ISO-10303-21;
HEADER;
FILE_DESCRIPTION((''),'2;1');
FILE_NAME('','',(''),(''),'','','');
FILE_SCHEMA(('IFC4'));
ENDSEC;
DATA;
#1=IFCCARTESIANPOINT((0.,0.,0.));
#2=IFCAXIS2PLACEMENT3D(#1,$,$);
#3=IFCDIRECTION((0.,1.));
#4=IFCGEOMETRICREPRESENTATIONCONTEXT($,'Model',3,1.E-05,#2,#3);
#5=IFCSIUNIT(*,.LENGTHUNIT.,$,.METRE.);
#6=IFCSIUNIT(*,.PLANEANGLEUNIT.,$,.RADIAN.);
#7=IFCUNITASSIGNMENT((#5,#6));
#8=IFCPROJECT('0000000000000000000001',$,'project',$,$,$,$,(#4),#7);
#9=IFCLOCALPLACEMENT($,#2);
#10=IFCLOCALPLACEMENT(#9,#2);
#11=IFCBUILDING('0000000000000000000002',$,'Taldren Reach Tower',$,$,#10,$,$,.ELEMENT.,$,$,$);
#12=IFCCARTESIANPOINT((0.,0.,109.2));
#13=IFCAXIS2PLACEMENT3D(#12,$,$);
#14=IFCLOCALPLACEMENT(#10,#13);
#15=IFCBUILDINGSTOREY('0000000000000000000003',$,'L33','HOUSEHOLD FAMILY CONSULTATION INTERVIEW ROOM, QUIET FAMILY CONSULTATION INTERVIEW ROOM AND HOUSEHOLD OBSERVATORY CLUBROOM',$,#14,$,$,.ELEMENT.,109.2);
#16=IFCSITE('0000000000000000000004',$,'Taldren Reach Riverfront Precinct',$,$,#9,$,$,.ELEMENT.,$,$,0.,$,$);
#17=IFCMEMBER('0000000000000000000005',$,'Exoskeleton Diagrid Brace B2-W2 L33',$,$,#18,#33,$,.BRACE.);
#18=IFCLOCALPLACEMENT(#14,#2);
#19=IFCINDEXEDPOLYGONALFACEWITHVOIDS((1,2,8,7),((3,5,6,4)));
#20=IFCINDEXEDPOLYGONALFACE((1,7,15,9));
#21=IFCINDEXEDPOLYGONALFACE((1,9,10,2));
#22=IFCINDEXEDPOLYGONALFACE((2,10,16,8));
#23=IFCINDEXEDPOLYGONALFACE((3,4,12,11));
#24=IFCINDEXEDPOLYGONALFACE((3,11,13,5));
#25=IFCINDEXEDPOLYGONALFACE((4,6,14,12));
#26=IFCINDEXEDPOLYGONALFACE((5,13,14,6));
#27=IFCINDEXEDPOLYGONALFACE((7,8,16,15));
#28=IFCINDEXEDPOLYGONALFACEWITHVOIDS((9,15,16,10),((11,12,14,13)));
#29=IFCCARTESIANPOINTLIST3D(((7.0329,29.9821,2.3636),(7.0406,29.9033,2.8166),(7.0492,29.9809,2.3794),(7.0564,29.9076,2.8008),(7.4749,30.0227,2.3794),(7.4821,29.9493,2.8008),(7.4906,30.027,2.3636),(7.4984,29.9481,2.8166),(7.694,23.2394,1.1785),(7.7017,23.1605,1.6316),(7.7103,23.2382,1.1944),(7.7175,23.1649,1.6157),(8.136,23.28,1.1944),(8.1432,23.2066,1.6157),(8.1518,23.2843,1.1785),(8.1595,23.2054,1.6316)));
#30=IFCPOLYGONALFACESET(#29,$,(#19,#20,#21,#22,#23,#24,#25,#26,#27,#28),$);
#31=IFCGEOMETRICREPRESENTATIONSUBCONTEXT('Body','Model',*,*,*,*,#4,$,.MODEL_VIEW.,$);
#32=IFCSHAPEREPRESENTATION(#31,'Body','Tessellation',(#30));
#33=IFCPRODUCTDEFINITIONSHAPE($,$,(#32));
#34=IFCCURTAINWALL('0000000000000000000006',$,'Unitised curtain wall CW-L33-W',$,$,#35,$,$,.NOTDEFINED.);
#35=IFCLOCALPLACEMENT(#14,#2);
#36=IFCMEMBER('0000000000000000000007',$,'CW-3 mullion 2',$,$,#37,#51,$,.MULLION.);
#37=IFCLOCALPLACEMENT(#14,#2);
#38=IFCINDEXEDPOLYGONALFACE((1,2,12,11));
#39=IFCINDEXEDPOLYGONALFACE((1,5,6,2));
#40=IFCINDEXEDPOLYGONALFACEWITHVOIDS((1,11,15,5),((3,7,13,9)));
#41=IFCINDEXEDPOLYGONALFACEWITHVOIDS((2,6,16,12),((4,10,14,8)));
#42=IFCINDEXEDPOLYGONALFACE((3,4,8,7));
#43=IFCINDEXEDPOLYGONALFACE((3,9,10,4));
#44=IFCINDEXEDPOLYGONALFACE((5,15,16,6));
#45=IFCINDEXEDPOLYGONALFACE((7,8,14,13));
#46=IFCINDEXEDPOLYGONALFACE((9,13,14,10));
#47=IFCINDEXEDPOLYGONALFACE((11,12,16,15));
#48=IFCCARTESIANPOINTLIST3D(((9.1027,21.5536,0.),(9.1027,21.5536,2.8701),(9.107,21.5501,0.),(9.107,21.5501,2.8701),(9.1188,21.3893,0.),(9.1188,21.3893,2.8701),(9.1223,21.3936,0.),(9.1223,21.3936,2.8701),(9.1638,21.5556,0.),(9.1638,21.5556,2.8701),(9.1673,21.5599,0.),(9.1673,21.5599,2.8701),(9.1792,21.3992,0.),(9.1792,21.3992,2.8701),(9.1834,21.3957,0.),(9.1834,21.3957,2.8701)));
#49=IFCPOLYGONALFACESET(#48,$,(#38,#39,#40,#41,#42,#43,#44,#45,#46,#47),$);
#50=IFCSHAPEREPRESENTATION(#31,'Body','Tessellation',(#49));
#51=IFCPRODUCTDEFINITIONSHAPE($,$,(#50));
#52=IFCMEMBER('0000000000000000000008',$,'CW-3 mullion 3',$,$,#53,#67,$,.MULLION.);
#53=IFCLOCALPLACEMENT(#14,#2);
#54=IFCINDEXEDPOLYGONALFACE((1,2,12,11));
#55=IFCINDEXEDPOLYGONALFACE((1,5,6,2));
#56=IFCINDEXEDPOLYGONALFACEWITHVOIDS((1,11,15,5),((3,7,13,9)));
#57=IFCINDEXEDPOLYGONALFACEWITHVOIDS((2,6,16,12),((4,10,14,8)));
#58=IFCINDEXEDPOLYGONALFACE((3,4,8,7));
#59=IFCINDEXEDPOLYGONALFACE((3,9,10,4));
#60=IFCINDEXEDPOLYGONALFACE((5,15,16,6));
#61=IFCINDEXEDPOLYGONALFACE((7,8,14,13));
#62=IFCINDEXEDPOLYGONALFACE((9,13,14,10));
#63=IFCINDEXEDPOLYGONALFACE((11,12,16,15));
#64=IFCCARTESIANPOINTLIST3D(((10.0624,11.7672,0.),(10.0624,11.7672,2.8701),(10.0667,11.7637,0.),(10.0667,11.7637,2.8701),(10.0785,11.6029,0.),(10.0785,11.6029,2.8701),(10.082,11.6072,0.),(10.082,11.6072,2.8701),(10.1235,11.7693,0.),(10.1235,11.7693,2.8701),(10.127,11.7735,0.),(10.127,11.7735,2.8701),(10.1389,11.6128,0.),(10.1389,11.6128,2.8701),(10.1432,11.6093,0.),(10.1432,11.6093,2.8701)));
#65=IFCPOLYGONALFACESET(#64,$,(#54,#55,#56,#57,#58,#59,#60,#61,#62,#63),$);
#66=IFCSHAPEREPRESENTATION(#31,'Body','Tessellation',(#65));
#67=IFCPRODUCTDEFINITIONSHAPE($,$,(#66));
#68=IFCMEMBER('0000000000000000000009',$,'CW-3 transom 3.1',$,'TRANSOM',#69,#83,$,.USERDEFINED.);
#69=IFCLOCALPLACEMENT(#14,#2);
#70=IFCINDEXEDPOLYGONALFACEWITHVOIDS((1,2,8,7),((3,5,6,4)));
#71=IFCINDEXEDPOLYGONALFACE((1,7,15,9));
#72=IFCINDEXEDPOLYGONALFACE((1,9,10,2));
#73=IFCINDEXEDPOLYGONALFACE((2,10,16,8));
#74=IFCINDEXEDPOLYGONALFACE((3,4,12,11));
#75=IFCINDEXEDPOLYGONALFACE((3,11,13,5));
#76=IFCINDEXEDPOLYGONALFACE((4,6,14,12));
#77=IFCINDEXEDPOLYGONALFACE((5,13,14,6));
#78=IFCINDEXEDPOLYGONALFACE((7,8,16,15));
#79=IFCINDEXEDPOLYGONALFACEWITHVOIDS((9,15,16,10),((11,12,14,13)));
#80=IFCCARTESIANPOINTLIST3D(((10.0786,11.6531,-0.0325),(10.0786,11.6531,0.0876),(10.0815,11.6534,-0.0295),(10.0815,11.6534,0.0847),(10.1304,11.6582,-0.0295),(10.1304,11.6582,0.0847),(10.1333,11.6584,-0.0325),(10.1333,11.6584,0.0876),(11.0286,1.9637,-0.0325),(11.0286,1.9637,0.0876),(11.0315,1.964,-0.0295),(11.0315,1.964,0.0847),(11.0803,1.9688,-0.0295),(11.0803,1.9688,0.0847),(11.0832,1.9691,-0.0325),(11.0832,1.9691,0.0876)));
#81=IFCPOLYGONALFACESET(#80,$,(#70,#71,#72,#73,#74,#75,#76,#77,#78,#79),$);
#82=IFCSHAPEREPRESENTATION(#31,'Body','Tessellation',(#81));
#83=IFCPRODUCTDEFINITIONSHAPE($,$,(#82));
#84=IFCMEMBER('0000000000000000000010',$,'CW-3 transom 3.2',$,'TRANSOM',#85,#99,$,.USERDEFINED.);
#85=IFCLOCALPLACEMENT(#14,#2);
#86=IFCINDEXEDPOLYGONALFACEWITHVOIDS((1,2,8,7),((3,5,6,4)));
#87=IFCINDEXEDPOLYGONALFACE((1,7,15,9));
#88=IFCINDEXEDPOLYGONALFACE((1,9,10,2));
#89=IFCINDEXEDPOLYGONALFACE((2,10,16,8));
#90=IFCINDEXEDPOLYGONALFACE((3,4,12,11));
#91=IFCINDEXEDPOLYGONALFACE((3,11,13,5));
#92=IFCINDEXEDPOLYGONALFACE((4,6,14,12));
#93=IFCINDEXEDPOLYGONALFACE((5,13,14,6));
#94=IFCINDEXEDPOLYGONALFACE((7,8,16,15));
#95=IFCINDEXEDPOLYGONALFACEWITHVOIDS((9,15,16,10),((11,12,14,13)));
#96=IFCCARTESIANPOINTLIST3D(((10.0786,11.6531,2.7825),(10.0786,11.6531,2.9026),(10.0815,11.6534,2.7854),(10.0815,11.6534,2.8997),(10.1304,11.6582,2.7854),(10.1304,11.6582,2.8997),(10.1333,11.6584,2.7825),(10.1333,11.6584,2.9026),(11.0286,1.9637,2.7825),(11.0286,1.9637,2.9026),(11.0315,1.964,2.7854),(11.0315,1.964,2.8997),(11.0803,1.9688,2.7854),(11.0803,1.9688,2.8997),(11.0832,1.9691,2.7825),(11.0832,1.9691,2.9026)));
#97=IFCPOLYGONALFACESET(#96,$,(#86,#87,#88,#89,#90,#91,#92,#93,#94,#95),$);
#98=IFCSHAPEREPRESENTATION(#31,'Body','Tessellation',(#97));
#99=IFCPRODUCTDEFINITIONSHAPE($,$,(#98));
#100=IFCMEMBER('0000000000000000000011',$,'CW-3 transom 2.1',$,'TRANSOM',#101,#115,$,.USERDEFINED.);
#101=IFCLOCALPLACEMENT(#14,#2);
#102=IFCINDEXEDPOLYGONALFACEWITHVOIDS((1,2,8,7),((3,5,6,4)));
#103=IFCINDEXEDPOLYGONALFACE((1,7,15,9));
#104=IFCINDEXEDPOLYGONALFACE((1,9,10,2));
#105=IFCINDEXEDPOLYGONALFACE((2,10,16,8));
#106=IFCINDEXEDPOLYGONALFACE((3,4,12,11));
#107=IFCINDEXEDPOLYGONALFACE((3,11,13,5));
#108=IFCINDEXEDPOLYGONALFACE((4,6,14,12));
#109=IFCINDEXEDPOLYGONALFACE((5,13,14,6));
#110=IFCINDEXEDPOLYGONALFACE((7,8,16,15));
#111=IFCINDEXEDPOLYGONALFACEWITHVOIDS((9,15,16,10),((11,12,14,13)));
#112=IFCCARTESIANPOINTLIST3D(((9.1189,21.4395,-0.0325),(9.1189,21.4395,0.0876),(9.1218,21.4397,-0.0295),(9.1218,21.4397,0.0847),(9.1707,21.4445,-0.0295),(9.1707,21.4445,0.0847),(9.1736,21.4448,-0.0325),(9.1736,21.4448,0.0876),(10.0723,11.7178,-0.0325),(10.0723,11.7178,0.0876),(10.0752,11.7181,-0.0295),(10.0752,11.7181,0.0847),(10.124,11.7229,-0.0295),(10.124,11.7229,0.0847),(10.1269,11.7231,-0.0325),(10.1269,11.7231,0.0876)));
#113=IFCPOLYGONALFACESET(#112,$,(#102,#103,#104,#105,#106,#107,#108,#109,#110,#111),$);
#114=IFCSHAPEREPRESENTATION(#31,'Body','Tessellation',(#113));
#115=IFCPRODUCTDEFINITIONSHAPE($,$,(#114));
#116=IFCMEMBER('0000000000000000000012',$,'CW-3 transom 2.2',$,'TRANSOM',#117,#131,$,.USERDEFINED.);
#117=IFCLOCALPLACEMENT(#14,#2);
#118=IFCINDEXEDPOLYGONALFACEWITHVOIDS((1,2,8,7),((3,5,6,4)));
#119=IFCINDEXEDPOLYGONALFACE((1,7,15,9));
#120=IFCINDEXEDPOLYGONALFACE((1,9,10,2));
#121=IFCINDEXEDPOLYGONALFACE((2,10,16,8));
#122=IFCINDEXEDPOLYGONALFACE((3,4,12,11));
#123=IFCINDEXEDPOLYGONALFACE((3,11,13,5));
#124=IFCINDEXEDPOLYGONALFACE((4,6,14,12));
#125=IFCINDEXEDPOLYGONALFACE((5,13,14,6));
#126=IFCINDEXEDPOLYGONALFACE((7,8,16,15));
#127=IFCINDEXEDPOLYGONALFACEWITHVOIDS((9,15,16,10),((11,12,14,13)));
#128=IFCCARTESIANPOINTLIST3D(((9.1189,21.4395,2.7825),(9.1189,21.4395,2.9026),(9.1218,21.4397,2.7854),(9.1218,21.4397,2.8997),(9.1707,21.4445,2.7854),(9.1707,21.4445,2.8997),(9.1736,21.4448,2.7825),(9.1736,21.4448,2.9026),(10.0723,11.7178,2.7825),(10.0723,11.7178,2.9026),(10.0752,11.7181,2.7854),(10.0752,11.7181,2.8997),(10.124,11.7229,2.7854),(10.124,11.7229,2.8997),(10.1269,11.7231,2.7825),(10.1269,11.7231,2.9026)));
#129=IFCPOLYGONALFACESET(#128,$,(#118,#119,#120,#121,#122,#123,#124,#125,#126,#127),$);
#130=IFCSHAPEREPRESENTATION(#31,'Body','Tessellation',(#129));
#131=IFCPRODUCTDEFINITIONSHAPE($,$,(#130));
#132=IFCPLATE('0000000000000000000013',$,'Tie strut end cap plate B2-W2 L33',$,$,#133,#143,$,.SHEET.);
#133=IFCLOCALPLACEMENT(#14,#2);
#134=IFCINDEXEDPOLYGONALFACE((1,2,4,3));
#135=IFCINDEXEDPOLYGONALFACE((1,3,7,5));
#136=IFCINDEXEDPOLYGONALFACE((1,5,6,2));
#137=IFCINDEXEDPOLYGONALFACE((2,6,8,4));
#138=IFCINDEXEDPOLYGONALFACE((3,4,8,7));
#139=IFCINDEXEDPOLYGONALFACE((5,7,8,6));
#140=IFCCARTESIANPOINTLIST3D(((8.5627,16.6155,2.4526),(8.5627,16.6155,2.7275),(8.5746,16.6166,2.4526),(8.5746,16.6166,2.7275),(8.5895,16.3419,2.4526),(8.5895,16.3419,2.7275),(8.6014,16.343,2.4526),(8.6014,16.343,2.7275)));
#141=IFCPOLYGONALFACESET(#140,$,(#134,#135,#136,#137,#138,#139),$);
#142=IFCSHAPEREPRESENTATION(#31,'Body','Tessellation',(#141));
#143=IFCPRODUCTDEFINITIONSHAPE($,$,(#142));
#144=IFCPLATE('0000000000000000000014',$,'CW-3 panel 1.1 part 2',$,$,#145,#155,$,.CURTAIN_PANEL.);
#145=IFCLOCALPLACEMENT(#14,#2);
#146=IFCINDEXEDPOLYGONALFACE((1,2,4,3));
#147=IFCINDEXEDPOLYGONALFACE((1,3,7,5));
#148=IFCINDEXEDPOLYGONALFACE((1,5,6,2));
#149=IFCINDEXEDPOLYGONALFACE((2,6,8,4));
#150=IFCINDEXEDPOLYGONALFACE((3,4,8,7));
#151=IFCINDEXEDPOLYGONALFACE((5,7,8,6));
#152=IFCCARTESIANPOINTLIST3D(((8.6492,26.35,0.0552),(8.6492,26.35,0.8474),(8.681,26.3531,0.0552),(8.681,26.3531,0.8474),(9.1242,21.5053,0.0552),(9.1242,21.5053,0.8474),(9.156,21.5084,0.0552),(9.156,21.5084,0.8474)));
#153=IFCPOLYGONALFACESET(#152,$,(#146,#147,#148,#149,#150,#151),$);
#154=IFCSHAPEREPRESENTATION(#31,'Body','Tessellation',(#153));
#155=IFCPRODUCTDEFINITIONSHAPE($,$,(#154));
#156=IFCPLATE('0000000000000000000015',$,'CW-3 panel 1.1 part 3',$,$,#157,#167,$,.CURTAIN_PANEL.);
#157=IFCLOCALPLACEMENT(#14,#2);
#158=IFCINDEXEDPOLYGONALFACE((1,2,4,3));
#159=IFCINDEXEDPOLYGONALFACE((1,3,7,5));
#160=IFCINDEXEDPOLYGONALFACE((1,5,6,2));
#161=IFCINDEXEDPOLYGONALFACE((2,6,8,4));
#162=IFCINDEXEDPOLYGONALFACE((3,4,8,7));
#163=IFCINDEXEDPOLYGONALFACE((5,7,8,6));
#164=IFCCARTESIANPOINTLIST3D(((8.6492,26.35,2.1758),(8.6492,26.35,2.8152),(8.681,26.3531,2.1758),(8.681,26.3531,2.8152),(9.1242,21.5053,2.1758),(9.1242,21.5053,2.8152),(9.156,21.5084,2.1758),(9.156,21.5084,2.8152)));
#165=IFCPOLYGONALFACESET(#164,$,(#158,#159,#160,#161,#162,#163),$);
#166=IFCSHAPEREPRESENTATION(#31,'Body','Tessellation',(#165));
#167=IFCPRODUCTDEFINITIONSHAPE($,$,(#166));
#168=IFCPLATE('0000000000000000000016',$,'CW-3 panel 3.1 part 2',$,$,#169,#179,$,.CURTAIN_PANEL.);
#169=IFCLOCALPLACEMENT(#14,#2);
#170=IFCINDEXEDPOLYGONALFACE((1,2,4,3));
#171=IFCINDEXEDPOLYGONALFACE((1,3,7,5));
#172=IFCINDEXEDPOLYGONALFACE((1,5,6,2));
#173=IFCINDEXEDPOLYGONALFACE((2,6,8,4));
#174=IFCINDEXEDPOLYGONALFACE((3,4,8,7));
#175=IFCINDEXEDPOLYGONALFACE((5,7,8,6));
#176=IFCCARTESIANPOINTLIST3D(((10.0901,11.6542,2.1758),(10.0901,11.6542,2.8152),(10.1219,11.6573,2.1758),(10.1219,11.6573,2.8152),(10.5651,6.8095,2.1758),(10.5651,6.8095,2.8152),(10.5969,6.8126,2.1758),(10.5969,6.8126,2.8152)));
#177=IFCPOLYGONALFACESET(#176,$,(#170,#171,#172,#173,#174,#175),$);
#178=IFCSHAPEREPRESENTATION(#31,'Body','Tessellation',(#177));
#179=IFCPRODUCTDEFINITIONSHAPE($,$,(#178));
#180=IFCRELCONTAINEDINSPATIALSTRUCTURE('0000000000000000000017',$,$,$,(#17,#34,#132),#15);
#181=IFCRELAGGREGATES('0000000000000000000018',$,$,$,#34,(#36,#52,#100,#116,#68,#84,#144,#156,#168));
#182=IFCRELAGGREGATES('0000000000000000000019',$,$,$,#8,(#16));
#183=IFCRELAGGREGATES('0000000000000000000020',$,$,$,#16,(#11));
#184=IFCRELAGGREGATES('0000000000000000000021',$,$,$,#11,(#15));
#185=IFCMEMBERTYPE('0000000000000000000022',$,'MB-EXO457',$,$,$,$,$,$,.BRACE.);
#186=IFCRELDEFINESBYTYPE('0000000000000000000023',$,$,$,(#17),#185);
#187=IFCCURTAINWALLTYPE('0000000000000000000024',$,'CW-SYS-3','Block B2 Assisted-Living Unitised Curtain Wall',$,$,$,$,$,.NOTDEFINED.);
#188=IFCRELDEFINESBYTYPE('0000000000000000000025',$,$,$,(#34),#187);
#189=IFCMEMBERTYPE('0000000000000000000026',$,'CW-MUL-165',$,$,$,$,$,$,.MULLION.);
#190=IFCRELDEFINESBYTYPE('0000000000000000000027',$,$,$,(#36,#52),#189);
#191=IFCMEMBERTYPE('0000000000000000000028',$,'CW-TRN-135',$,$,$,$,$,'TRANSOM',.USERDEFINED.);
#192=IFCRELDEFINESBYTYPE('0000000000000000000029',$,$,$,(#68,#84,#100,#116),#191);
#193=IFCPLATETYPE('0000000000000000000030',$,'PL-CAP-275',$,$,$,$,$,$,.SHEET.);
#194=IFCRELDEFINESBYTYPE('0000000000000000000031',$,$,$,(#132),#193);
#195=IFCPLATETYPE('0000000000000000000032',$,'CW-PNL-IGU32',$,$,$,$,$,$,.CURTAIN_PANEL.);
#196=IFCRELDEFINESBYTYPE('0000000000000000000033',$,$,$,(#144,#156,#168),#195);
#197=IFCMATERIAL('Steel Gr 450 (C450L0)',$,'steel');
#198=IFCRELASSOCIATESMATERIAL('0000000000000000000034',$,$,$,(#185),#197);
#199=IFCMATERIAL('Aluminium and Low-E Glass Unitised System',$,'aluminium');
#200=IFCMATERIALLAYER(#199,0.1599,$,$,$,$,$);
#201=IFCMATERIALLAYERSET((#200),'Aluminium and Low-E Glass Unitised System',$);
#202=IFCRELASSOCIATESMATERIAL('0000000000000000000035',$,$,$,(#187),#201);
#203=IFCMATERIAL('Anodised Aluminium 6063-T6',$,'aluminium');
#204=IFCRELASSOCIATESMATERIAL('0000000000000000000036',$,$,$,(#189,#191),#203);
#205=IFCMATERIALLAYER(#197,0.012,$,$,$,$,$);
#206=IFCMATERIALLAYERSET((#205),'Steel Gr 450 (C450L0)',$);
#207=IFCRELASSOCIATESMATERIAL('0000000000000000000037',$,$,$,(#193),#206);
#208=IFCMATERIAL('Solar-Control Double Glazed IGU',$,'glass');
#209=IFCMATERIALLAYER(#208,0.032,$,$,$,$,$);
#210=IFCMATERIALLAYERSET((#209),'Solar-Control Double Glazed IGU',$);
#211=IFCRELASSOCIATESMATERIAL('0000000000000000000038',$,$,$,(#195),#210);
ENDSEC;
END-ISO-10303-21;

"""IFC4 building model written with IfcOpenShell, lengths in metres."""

from ifc_helpers import new_model, si_unit, direction, frame, origin, origin_2d, place, context, subcontext, project, spatial, rectangle, hollow_rectangle, extrude, source, transform, mapped, material, layer, layer_set, material_profile, profile_set, type_object, element, aggregate, save


model = new_model("IFC4")

# Units and contexts
model_context = context("Model", 3, precision=1e-05, world=origin(), true_north=direction((0.0, 1.0)))
body_context = subcontext(model_context, "Body", "Model", "MODEL_VIEW")
ifc_project = project(units=[si_unit("LENGTHUNIT", "METRE"), si_unit("PLANEANGLEUNIT", "RADIAN")], contexts=[model_context])

# Site, building, storey
site_placement = place(None, origin())
site = spatial("IfcSite", under=ifc_project, at=site_placement, Name="Taldren Reach Riverfront Precinct", CompositionType="ELEMENT", RefElevation=0.0)
building_placement = place(site_placement, origin())
building = spatial("IfcBuilding", under=site, at=building_placement, Name="Taldren Reach Tower", CompositionType="ELEMENT")
storey_placement = place(building_placement, frame((0.0, 0.0, 109.2)))
storey = spatial("IfcBuildingStorey", under=building, at=storey_placement, Name="L33", Description="HOUSEHOLD FAMILY CONSULTATION INTERVIEW ROOM, QUIET FAMILY CONSULTATION INTERVIEW ROOM AND HOUSEHOLD OBSERVATORY CLUBROOM", CompositionType="ELEMENT", Elevation=109.2)

# Member
ifc_material_1 = material(Name="Steel Gr 450 (C450L0)", Category="steel")
ifc_material_profile_1 = material_profile(ifc_material_1, hollow_rectangle(XDim=0.46, YDim=0.46, WallThickness=0.0161, at=origin_2d()), Name="460x460x16.0SHS")
ifc_profile_set_1 = profile_set([ifc_material_profile_1], Name="Steel Gr 450 (C450L0)")
member_type_1 = type_object("IfcMemberType", Name="MB-EXO457", PredefinedType="BRACE", material=ifc_profile_set_1)
shared_shape_1 = source(origin(), body_context, "Body", "SweptSolid", [
    extrude(hollow_rectangle(XDim=0.46, YDim=0.46, WallThickness=0.0161, at=origin_2d()), origin(), (0.0, 0.0, 1.0), 6.8779),
])
for number, where, z_axis, x_axis, name in (
    (1, (7.9268, 23.2224, 1.405), (-0.096125, 0.980343, 0.1723), (-0.995227, -0.097584, 0.0), "Exoskeleton Diagrid Brace B2-W2 L33"),
):
    element("IfcMember", number, at=place(storey_placement, frame(where, z_axis=z_axis, x_axis=x_axis)), inside=storey, type_object=member_type_1, Name=name, PredefinedType="BRACE", context=body_context, shape_type="MappedRepresentation", body=[
        mapped(shared_shape_1, transform((0.0, 0.0, 0.0), scale=1.0)),
    ])

# Curtain wall, members
ifc_material_2 = material(Name="Aluminium and Low-E Glass Unitised System", Category="aluminium")
ifc_layer_1 = layer(ifc_material_2, 0.1599)
ifc_layer_set_1 = layer_set([ifc_layer_1], Name="Aluminium and Low-E Glass Unitised System")
curtain_wall_type = type_object("IfcCurtainWallType", Name="CW-SYS-3", Description="Block B2 Assisted-Living Unitised Curtain Wall", PredefinedType="NOTDEFINED", material=ifc_layer_set_1)
curtain_wall_placement = place(storey_placement, origin())
curtain_wall = element("IfcCurtainWall", 2, at=curtain_wall_placement, inside=storey, type_object=curtain_wall_type, Name="Unitised curtain wall CW-L33-W", PredefinedType="NOTDEFINED")
ifc_material_3 = material(Name="Anodised Aluminium 6063-T6", Category="aluminium")
ifc_material_profile_2 = material_profile(ifc_material_3, hollow_rectangle(XDim=0.0649, YDim=0.165, WallThickness=0.0039, at=origin_2d()), Name="ALU-165x65x4RHS")
ifc_profile_set_2 = profile_set([ifc_material_profile_2], Name="Anodised Aluminium 6063-T6")
member_type_2 = type_object("IfcMemberType", Name="CW-MUL-165", PredefinedType="MULLION", material=ifc_profile_set_2)
shared_shape_2 = source(origin(), body_context, "Body", "SweptSolid", [
    extrude(hollow_rectangle(XDim=0.0649, YDim=0.165, WallThickness=0.0039, at=origin_2d()), origin(), (0.0, 0.0, 1.0), 2.8701),
])
member_1_placement = place(storey_placement, frame((9.1431, 21.4746, 0.0), z_axis=(0.0, 0.0, 1.0), x_axis=(0.995227, 0.097583, 0.0)))
member_1 = element("IfcMember", 3, at=member_1_placement, type_object=member_type_2, Name="CW-3 mullion 2", PredefinedType="MULLION", context=body_context, shape_type="MappedRepresentation", body=[
    mapped(shared_shape_2, transform((0.0, 0.0, 0.0), scale=1.0)),
])
member_2_placement = place(storey_placement, frame((10.1028, 11.6882, 0.0), z_axis=(0.0, 0.0, 1.0), x_axis=(0.995227, 0.097583, 0.0)))
member_2 = element("IfcMember", 4, at=member_2_placement, type_object=member_type_2, Name="CW-3 mullion 3", PredefinedType="MULLION", context=body_context, shape_type="MappedRepresentation", body=[
    mapped(shared_shape_2, transform((0.0, 0.0, 0.0), scale=1.0)),
])
ifc_material_profile_3 = material_profile(ifc_material_3, hollow_rectangle(XDim=0.0549, YDim=0.1201, WallThickness=0.0029, at=origin_2d()), Name="ALU-120x55x3RHS")
ifc_profile_set_3 = profile_set([ifc_material_profile_3], Name="Anodised Aluminium 6063-T6")
member_type_3 = type_object("IfcMemberType", Name="CW-TRN-135", ElementType="TRANSOM", PredefinedType="USERDEFINED", material=ifc_profile_set_3)
shared_shape_3 = source(origin(), body_context, "Body", "SweptSolid", [
    extrude(hollow_rectangle(XDim=0.0549, YDim=0.1201, WallThickness=0.0029, at=origin_2d()), origin(), (0.0, 0.0, 1.0), 9.7358),
])
member_3_placement = place(storey_placement, frame((10.106, 11.6558, 0.0276), z_axis=(0.097572, -0.995228, 0.0), x_axis=(0.995228, 0.097572, 0.0)))
member_3 = element("IfcMember", 5, at=member_3_placement, type_object=member_type_3, Name="CW-3 transom 3.1", ObjectType="TRANSOM", PredefinedType="USERDEFINED", context=body_context, shape_type="MappedRepresentation", body=[
    mapped(shared_shape_3, transform((0.0, 0.0, 0.0), scale=1.0)),
])
member_4_placement = place(storey_placement, frame((10.106, 11.6558, 2.8425), z_axis=(0.097572, -0.995228, 0.0), x_axis=(0.995228, 0.097572, 0.0)))
member_4 = element("IfcMember", 6, at=member_4_placement, type_object=member_type_3, Name="CW-3 transom 3.2", ObjectType="TRANSOM", PredefinedType="USERDEFINED", context=body_context, shape_type="MappedRepresentation", body=[
    mapped(shared_shape_3, transform((0.0, 0.0, 0.0), scale=1.0)),
])
shared_shape_4 = source(origin(), body_context, "Body", "SweptSolid", [
    extrude(hollow_rectangle(XDim=0.0549, YDim=0.1201, WallThickness=0.0029, at=origin_2d()), origin(), (0.0, 0.0, 1.0), 9.7683),
])
member_5_placement = place(storey_placement, frame((9.1462, 21.4421, 0.0276), z_axis=(0.097598, -0.995226, 0.0), x_axis=(0.995226, 0.097598, 0.0)))
member_5 = element("IfcMember", 7, at=member_5_placement, type_object=member_type_3, Name="CW-3 transom 2.1", ObjectType="TRANSOM", PredefinedType="USERDEFINED", context=body_context, shape_type="MappedRepresentation", body=[
    mapped(shared_shape_4, transform((0.0, 0.0, 0.0), scale=1.0)),
])
member_6_placement = place(storey_placement, frame((9.1462, 21.4421, 2.8425), z_axis=(0.097598, -0.995226, 0.0), x_axis=(0.995226, 0.097598, 0.0)))
member_6 = element("IfcMember", 8, at=member_6_placement, type_object=member_type_3, Name="CW-3 transom 2.2", ObjectType="TRANSOM", PredefinedType="USERDEFINED", context=body_context, shape_type="MappedRepresentation", body=[
    mapped(shared_shape_4, transform((0.0, 0.0, 0.0), scale=1.0)),
])

# Plates
ifc_layer_2 = layer(ifc_material_1, 0.012)
ifc_layer_set_2 = layer_set([ifc_layer_2], Name="Steel Gr 450 (C450L0)")
plate_type_1 = type_object("IfcPlateType", Name="PL-CAP-275", PredefinedType="SHEET", material=ifc_layer_set_2)
shared_shape_5 = source(origin(), body_context, "Body", "SweptSolid", [
    extrude(rectangle(XDim=0.012, YDim=0.2749, at=origin_2d()), origin(), (0.0, 0.0, 1.0), 0.2749),
])
plate_1_placement = place(storey_placement, frame((8.582, 16.4792, 2.4526), z_axis=(0.0, 0.0, 1.0), x_axis=(0.995227, 0.097583, 0.0)))
element("IfcPlate", 9, at=plate_1_placement, inside=storey, type_object=plate_type_1, Name="Tie strut end cap plate B2-W2 L33", PredefinedType="SHEET", context=body_context, shape_type="MappedRepresentation", body=[
    mapped(shared_shape_5, transform((0.0, 0.0, 0.0), scale=1.0)),
])
ifc_material_4 = material(Name="Solar-Control Double Glazed IGU", Category="glass")
ifc_layer_3 = layer(ifc_material_4, 0.032)
ifc_layer_set_3 = layer_set([ifc_layer_3], Name="Solar-Control Double Glazed IGU")
plate_type_2 = type_object("IfcPlateType", Name="CW-PNL-IGU32", PredefinedType="CURTAIN_PANEL", material=ifc_layer_set_3)
shared_shape_6 = source(origin(), body_context, "Body", "SweptSolid", [
    extrude(rectangle(XDim=4.8679, YDim=0.032, at=origin_2d()), origin(), (0.0, 0.0, 1.0), 0.7922),
])
plate_2_placement = place(storey_placement, frame((8.9026, 23.9292, 0.0552), z_axis=(0.0, 0.0, 1.0), x_axis=(0.097583, -0.995227, 0.0)))
plate_2 = element("IfcPlate", 10, at=plate_2_placement, type_object=plate_type_2, Name="CW-3 panel 1.1 part 2", PredefinedType="CURTAIN_PANEL", context=body_context, shape_type="MappedRepresentation", body=[
    mapped(shared_shape_6, transform((0.0, 0.0, 0.0), scale=1.0)),
])
shared_shape_7 = source(origin(), body_context, "Body", "SweptSolid", [
    extrude(rectangle(XDim=4.8679, YDim=0.032, at=origin_2d()), origin(), (0.0, 0.0, 1.0), 0.6394),
])
plate_3_placement = place(storey_placement, frame((8.9026, 23.9292, 2.1758), z_axis=(0.0, 0.0, 1.0), x_axis=(0.097583, -0.995227, 0.0)))
plate_3 = element("IfcPlate", 11, at=plate_3_placement, type_object=plate_type_2, Name="CW-3 panel 1.1 part 3", PredefinedType="CURTAIN_PANEL", context=body_context, shape_type="MappedRepresentation", body=[
    mapped(shared_shape_7, transform((0.0, 0.0, 0.0), scale=1.0)),
])
plate_4_placement = place(storey_placement, frame((10.3435, 9.2334, 2.1758), z_axis=(0.0, 0.0, 1.0), x_axis=(0.097583, -0.995227, 0.0)))
plate_4 = element("IfcPlate", 12, at=plate_4_placement, type_object=plate_type_2, Name="CW-3 panel 3.1 part 2", PredefinedType="CURTAIN_PANEL", context=body_context, shape_type="MappedRepresentation", body=[
    mapped(shared_shape_7, transform((0.0, 0.0, 0.0), scale=1.0)),
])
aggregate(curtain_wall, [member_1, member_2, member_5, member_6, member_3, member_4, plate_2, plate_3, plate_4])

save(model, "model.ifc")
